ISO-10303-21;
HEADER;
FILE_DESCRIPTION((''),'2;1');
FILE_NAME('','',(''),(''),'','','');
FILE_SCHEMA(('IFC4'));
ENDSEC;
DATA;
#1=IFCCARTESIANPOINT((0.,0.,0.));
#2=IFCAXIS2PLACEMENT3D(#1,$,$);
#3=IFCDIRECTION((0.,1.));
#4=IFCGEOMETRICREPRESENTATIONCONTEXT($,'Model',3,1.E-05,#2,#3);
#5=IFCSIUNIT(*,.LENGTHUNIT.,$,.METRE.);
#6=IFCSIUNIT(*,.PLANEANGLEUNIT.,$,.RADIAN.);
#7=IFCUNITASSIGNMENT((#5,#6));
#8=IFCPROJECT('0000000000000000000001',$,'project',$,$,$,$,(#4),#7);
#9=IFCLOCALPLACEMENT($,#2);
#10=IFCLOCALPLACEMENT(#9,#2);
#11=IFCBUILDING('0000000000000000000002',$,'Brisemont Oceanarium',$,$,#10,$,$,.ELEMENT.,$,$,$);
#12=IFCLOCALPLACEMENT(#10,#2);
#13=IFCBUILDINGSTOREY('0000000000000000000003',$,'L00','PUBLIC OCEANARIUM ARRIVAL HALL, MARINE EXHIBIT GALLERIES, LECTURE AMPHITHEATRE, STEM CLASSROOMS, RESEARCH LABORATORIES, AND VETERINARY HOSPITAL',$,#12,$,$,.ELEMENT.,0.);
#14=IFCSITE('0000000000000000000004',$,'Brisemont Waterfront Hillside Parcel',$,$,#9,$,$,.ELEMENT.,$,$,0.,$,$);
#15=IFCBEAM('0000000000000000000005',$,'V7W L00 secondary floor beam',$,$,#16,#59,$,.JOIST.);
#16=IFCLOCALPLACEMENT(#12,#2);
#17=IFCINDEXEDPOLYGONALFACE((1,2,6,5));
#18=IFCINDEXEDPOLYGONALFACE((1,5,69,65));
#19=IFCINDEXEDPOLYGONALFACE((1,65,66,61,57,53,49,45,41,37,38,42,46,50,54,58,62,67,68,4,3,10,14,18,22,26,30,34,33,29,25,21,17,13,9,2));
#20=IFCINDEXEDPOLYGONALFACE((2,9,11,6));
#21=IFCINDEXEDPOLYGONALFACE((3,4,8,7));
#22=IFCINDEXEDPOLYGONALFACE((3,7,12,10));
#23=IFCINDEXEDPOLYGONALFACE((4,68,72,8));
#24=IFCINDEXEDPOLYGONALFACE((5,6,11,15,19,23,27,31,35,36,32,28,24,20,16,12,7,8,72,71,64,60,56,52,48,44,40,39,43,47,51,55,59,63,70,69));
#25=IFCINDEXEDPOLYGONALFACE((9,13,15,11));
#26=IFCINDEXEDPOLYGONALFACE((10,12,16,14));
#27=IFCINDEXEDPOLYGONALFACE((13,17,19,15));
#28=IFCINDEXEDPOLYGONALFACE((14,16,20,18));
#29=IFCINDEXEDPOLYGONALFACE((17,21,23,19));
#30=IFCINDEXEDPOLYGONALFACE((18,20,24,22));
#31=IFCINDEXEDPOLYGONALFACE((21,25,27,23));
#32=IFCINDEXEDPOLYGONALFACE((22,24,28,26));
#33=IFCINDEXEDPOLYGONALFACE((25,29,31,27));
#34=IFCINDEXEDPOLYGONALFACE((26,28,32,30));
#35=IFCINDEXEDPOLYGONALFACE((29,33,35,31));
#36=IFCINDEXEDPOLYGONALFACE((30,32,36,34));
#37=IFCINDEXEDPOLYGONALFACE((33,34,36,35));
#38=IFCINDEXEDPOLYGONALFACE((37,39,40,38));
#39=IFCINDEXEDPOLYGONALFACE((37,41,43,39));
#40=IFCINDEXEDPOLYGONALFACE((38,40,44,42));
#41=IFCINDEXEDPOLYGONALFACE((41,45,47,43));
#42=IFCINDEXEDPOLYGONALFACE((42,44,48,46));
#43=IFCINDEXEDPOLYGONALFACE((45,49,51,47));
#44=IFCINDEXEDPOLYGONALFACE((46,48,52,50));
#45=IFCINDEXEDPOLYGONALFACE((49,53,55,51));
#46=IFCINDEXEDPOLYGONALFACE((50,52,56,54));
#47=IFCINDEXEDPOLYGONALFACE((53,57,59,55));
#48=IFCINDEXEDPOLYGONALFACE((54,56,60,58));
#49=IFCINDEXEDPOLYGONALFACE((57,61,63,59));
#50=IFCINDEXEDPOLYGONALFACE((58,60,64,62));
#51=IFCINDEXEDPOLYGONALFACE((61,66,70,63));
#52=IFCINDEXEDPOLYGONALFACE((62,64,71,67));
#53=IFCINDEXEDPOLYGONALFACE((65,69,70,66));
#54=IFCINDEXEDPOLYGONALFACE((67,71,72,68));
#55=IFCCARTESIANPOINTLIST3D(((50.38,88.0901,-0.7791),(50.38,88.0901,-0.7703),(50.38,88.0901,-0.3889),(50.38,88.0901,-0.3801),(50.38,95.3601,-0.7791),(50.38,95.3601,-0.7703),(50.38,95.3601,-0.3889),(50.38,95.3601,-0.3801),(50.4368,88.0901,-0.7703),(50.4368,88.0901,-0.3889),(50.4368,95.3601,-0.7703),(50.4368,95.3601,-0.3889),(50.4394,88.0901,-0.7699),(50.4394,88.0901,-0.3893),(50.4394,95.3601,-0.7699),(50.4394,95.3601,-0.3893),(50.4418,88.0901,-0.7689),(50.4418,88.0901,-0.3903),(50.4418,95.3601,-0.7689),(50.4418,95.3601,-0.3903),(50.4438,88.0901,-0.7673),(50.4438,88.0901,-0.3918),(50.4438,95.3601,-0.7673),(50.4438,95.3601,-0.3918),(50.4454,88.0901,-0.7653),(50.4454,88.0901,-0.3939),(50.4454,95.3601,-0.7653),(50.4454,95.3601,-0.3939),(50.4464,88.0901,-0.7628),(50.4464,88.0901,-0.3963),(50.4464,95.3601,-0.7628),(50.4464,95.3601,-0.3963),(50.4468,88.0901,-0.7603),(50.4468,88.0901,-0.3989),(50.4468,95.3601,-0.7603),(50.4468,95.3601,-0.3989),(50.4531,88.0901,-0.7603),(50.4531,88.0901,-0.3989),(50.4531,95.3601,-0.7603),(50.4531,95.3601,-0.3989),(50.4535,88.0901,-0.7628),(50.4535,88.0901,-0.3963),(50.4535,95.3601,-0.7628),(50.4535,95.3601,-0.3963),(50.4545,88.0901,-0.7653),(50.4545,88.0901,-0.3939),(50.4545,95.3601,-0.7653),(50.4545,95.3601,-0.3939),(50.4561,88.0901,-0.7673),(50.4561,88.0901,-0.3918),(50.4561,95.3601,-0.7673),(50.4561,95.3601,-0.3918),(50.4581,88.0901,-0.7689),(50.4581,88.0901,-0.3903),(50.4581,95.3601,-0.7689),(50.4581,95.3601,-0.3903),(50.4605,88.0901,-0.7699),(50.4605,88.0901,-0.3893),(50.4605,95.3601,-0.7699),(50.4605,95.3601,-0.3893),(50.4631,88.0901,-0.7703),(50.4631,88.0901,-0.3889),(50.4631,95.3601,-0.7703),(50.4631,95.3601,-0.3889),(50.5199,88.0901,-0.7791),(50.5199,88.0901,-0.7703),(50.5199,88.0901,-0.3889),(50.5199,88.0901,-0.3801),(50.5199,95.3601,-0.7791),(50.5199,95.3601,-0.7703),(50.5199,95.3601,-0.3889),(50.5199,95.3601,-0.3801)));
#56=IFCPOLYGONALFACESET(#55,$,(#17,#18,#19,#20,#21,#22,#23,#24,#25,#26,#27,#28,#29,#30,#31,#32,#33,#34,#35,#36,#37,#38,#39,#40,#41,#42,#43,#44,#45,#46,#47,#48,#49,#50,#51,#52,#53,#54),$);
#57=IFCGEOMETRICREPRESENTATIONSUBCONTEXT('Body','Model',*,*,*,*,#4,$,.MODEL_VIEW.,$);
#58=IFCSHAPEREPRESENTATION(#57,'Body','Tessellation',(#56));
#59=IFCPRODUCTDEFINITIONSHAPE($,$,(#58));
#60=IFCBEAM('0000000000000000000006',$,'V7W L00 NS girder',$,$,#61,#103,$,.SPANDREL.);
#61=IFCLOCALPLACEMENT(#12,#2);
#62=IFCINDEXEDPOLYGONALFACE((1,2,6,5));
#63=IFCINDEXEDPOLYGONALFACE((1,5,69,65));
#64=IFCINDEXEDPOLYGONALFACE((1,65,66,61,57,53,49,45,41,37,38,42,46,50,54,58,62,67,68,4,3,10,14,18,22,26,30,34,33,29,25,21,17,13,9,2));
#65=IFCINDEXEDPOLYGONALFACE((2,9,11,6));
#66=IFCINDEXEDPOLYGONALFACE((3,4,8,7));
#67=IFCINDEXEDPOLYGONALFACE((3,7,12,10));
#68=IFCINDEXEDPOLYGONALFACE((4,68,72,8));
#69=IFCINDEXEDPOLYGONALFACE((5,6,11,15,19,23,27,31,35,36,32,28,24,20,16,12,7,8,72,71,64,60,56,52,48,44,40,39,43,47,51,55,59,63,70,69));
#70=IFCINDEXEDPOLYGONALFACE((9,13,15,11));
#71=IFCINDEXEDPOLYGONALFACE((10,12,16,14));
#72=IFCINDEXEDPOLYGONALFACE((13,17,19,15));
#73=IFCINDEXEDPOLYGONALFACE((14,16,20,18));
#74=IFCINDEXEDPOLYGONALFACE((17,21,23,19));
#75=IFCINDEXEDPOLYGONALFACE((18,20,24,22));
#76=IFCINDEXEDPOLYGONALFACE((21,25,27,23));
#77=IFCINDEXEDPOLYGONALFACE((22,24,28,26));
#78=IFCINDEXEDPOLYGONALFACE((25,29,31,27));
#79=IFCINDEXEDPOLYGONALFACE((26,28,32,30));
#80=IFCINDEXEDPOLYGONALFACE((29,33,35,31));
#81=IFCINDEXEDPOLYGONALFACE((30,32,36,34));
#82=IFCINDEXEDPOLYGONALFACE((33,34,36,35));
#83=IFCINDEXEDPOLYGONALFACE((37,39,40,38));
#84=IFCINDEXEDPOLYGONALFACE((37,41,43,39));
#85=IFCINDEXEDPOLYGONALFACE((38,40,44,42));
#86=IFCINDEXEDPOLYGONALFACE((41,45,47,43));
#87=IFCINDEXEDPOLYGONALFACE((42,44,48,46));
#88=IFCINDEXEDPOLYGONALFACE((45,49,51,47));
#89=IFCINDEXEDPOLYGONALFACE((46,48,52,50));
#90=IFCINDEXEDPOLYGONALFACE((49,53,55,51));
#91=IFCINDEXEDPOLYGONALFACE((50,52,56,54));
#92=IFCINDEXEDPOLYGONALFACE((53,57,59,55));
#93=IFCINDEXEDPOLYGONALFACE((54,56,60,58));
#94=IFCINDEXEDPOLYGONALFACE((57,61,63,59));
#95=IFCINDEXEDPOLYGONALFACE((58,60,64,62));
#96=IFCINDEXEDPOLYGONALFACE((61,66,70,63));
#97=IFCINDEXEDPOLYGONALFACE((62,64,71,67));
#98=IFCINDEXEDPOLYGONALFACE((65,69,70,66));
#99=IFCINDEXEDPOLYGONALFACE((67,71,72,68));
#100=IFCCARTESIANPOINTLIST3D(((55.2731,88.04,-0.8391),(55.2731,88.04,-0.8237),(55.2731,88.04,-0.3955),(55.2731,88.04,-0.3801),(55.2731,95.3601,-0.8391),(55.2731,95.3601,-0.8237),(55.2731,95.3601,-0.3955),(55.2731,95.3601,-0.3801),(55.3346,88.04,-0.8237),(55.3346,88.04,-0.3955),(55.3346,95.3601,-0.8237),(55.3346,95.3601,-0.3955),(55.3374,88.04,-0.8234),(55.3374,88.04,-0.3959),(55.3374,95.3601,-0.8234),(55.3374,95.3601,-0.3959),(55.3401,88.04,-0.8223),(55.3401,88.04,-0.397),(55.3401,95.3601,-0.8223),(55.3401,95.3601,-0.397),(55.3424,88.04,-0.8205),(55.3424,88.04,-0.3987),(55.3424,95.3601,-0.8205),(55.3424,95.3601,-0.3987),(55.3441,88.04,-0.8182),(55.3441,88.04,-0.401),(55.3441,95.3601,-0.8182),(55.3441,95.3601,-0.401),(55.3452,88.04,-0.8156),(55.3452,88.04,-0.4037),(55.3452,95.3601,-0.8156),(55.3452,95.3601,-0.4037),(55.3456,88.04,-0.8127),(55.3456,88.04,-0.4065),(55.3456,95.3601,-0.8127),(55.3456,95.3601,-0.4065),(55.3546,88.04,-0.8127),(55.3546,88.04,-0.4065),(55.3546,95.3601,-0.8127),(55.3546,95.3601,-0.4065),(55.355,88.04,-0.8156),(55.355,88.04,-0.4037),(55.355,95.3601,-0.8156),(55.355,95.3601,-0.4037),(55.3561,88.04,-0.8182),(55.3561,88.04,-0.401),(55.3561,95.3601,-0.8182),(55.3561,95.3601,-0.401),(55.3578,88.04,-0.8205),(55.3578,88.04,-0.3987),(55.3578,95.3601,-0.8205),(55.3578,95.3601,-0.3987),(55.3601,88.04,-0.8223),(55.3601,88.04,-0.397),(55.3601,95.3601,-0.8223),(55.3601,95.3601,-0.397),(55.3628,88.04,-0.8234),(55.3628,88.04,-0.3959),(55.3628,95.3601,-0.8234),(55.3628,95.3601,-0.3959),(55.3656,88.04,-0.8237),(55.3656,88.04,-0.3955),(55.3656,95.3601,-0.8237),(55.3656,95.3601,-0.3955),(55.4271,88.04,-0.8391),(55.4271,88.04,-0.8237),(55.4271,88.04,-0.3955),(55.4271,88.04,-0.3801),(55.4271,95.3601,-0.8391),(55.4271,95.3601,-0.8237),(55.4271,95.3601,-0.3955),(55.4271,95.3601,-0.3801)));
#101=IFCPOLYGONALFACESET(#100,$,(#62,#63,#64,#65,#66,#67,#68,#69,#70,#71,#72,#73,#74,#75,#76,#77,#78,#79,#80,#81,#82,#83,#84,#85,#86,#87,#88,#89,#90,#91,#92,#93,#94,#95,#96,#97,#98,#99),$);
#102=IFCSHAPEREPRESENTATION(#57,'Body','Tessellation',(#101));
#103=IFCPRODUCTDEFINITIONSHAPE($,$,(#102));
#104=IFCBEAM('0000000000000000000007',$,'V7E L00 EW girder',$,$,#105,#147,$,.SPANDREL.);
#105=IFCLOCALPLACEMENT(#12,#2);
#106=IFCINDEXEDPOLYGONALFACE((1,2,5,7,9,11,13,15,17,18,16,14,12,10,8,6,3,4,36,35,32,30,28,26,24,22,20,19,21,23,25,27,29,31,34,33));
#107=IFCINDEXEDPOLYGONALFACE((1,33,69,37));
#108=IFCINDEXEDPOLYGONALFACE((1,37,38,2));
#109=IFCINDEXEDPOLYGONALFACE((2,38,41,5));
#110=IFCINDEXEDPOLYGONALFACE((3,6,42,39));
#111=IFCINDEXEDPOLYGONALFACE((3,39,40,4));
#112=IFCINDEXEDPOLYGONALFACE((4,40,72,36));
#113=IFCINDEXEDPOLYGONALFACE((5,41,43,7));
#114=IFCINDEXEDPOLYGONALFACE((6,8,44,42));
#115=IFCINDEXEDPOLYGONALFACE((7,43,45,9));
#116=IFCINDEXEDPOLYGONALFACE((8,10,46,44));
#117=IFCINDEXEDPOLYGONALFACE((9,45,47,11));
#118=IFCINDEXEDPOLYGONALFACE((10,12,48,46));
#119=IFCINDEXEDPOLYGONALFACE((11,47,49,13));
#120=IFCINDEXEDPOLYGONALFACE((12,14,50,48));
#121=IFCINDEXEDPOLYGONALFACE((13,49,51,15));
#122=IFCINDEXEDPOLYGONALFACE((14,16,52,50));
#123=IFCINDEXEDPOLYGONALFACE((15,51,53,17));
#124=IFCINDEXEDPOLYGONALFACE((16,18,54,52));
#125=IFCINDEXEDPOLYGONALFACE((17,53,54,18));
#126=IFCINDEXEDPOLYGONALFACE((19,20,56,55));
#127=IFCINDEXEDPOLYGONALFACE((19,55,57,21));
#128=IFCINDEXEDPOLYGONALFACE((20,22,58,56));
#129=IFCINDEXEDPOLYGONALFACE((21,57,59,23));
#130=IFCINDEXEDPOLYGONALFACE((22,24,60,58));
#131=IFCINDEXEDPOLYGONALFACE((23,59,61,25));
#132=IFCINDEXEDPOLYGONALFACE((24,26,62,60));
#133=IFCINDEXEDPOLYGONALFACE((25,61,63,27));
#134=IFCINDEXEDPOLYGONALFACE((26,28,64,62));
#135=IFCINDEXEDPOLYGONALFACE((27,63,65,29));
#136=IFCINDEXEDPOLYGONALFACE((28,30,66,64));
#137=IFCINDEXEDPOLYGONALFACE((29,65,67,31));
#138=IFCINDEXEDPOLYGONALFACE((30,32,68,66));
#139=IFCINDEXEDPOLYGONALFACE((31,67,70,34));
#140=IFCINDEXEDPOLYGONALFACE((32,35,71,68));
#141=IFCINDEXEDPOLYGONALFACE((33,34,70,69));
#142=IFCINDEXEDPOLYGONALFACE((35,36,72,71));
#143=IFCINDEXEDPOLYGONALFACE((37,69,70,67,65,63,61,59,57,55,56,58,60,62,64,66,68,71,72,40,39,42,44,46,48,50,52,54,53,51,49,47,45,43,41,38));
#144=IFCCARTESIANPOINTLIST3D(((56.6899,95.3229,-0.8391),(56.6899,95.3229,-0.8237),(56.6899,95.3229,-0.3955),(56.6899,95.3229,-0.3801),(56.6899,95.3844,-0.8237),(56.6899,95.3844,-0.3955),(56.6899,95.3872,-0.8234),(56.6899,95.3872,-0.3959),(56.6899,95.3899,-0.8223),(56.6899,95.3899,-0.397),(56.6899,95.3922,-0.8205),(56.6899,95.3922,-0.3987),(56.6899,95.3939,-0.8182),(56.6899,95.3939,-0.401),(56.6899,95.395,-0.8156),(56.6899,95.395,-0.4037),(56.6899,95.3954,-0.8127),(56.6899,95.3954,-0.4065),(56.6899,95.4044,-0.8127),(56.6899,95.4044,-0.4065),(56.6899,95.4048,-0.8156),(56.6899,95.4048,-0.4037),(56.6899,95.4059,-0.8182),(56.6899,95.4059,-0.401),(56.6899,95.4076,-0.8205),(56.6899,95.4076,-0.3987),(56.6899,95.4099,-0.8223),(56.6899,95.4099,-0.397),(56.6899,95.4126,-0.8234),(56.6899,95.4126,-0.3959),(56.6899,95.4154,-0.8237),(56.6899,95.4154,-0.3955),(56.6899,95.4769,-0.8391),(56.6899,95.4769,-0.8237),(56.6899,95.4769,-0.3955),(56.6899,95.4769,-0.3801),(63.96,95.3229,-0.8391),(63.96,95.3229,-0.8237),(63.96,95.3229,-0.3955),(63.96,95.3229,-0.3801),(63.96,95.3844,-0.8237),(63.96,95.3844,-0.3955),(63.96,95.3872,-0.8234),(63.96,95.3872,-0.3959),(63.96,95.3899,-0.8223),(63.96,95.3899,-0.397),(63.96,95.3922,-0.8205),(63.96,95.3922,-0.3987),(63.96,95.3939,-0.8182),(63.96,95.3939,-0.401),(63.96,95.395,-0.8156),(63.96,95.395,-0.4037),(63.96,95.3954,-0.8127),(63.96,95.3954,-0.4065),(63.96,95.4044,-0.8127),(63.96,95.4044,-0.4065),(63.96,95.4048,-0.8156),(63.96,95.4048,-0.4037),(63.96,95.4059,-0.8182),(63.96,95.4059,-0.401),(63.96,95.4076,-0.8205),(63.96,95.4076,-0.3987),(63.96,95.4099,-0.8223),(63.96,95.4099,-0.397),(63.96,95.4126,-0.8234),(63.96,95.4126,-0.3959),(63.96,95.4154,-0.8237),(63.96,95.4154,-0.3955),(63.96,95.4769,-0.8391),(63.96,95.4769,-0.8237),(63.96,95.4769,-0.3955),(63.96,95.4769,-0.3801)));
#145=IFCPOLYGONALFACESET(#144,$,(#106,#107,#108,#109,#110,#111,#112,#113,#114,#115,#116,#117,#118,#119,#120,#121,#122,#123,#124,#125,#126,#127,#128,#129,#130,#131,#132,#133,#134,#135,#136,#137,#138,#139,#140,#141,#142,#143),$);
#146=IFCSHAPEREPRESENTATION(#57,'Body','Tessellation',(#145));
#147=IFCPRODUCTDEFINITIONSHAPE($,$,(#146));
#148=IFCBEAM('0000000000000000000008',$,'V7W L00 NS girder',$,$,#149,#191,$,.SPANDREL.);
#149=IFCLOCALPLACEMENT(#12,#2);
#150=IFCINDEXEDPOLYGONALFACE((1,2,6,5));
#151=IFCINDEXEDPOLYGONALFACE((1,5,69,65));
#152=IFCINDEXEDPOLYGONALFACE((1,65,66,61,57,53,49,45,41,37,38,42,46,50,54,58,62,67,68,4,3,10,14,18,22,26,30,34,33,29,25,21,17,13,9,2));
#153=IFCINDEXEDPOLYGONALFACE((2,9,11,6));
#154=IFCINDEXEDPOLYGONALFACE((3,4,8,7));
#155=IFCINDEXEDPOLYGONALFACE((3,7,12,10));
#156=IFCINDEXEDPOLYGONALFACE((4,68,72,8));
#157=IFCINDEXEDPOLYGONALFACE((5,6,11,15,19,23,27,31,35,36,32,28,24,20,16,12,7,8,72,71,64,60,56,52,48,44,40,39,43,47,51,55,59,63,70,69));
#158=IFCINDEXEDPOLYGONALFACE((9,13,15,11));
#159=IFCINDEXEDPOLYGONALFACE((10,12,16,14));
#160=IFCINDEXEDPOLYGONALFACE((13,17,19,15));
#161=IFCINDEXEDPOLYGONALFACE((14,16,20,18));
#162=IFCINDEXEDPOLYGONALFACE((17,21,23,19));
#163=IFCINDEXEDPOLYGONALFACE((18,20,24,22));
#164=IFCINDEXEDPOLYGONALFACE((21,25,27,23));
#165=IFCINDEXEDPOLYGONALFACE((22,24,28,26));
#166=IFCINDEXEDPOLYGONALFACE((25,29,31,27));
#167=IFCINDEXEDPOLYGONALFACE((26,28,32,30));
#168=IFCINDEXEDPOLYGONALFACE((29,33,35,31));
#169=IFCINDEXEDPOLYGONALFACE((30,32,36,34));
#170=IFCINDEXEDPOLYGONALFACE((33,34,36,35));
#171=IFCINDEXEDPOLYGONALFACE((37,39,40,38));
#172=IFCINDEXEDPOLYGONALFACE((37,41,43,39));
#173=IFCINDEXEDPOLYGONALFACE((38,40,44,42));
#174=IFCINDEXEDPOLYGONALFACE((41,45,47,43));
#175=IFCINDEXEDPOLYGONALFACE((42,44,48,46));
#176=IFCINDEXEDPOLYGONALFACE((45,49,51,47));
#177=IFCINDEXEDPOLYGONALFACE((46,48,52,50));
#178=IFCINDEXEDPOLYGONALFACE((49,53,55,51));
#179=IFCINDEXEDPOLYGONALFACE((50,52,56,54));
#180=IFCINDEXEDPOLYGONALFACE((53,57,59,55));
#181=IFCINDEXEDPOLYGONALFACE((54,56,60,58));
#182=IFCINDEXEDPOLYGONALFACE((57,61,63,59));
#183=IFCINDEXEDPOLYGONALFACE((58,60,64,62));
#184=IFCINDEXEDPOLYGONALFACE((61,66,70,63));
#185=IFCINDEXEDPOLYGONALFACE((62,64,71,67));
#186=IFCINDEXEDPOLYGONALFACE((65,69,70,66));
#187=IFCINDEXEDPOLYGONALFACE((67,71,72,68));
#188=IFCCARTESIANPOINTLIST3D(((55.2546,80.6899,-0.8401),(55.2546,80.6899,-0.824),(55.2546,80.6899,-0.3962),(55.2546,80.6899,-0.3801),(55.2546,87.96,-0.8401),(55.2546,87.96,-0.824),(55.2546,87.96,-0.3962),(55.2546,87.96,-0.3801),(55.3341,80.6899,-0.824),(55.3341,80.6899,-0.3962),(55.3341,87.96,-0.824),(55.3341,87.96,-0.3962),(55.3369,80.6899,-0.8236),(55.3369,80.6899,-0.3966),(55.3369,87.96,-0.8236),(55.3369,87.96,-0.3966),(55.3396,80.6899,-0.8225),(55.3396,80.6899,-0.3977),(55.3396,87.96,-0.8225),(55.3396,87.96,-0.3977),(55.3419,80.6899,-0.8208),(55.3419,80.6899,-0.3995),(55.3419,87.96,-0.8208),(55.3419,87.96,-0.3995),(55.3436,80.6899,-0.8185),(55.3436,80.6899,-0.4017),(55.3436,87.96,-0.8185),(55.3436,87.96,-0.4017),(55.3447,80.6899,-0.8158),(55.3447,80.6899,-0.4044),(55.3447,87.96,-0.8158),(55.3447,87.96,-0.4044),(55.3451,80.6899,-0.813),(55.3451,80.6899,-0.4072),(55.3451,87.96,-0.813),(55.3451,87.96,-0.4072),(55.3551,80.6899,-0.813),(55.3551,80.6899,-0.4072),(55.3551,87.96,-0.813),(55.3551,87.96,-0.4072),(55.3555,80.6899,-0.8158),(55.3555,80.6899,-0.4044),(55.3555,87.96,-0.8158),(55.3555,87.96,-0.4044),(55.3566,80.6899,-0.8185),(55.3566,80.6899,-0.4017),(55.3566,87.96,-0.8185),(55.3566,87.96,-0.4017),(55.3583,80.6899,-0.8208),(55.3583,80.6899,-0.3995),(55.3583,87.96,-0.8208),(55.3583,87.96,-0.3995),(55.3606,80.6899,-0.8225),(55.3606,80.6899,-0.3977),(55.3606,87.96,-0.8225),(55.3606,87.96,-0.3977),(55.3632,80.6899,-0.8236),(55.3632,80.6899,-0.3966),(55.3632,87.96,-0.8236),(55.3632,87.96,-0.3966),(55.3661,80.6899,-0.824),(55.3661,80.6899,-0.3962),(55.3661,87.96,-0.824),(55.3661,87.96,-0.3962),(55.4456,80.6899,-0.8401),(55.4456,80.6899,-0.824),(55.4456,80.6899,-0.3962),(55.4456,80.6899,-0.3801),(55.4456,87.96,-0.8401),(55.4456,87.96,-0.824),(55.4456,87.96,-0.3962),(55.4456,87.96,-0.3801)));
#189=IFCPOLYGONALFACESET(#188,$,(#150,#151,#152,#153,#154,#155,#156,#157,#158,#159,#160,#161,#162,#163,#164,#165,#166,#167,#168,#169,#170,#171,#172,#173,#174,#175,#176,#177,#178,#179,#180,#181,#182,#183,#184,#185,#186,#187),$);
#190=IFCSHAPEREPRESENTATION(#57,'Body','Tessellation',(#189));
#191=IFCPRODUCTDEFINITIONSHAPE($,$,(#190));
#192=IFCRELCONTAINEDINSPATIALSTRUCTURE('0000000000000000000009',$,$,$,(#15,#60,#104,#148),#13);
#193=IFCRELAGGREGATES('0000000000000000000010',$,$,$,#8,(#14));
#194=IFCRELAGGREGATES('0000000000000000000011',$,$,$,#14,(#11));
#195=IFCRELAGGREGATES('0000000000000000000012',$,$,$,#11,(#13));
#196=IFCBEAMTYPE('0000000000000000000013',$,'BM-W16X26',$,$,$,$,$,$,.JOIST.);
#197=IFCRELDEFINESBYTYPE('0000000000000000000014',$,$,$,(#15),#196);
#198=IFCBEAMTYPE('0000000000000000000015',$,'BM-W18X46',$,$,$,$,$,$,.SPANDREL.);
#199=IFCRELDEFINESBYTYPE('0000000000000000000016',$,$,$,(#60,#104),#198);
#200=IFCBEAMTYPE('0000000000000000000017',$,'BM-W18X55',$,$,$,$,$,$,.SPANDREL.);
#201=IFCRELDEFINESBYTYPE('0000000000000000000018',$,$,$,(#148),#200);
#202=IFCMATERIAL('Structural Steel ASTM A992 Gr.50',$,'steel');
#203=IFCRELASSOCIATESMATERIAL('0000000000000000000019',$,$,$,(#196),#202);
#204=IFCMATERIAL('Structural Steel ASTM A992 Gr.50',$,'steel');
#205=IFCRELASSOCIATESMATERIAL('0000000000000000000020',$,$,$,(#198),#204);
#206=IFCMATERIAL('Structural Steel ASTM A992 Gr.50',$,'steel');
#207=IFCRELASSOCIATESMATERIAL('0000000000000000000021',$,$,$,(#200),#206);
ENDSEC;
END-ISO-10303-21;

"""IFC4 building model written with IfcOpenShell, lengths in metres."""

from ifc_helpers import new_model, si_unit, direction, frame, origin, origin_2d, place, context, subcontext, project, spatial, i_section, extrude, material, material_profile, profile_set, type_object, element, save


model = new_model("IFC4")

# Units and contexts
model_context = context("Model", 3, precision=1e-05, world=origin(), true_north=direction((0.0, 1.0)))
body_context = subcontext(model_context, "Body", "Model", "MODEL_VIEW")
ifc_project = project(units=[si_unit("LENGTHUNIT", "METRE"), si_unit("PLANEANGLEUNIT", "RADIAN")], contexts=[model_context])

# Site, building, storey
site_placement = place(None, origin())
site = spatial("IfcSite", under=ifc_project, at=site_placement, Name="Brisemont Waterfront Hillside Parcel", CompositionType="ELEMENT", RefElevation=0.0)
building_placement = place(site_placement, origin())
building = spatial("IfcBuilding", under=site, at=building_placement, Name="Brisemont Oceanarium", CompositionType="ELEMENT")
storey_placement = place(building_placement, origin())
storey = spatial("IfcBuildingStorey", under=building, at=storey_placement, Name="L00", Description="PUBLIC OCEANARIUM ARRIVAL HALL, MARINE EXHIBIT GALLERIES, LECTURE AMPHITHEATRE, STEM CLASSROOMS, RESEARCH LABORATORIES, AND VETERINARY HOSPITAL", CompositionType="ELEMENT", Elevation=0.0)

# Beams
ifc_material_1 = material(Name="Structural Steel ASTM A992 Gr.50", Category="steel")
ifc_material_profile_1 = material_profile(ifc_material_1, i_section(OverallWidth=0.1399, OverallDepth=0.3989, WebThickness=0.0063, FlangeThickness=0.0088, FilletRadius=0.01, at=origin_2d()), Name="W16X26")
ifc_profile_set_1 = profile_set([ifc_material_profile_1], Name="Structural Steel ASTM A992 Gr.50")
beam_type_1 = type_object("IfcBeamType", Name="BM-W16X26", PredefinedType="JOIST", material=ifc_profile_set_1)
beam_1_placement = place(storey_placement, frame((50.45, 88.0901, -0.5796), z_axis=(0.0, 1.0, 0.0), x_axis=(-1.0, 0.0, 0.0)))
element("IfcBeam", 1, at=beam_1_placement, inside=storey, type_object=beam_type_1, Name="V7W L00 secondary floor beam", PredefinedType="JOIST", context=body_context, shape_type="SweptSolid", body=[
    extrude(i_section(OverallWidth=0.1399, OverallDepth=0.3989, WebThickness=0.0063, FlangeThickness=0.0088, FilletRadius=0.01, at=origin_2d()), origin(), (0.0, 0.0, 1.0), 7.27),
])
ifc_material_2 = material(Name="Structural Steel ASTM A992 Gr.50", Category="steel")
ifc_material_profile_2 = material_profile(ifc_material_2, i_section(OverallWidth=0.1541, OverallDepth=0.459, WebThickness=0.009, FlangeThickness=0.0154, FilletRadius=0.011, at=origin_2d()), Name="W18X46")
ifc_profile_set_2 = profile_set([ifc_material_profile_2], Name="Structural Steel ASTM A992 Gr.50")
beam_type_2 = type_object("IfcBeamType", Name="BM-W18X46", PredefinedType="SPANDREL", material=ifc_profile_set_2)
beam_2_placement = place(storey_placement, frame((55.3501, 88.04, -0.6096), z_axis=(0.0, 1.0, 0.0), x_axis=(-1.0, 0.0, 0.0)))
element("IfcBeam", 2, at=beam_2_placement, inside=storey, type_object=beam_type_2, Name="V7W L00 NS girder", PredefinedType="SPANDREL", context=body_context, shape_type="SweptSolid", body=[
    extrude(i_section(OverallWidth=0.1541, OverallDepth=0.459, WebThickness=0.009, FlangeThickness=0.0154, FilletRadius=0.011, at=origin_2d()), origin(), (0.0, 0.0, 1.0), 7.3201),
])
beam_3_placement = place(storey_placement, frame((56.6899, 95.3999, -0.6096), z_axis=(1.0, 0.0, 0.0), x_axis=(0.0, 1.0, 0.0)))
element("IfcBeam", 3, at=beam_3_placement, inside=storey, type_object=beam_type_2, Name="V7E L00 EW girder", PredefinedType="SPANDREL", context=body_context, shape_type="SweptSolid", body=[
    extrude(i_section(OverallWidth=0.1541, OverallDepth=0.459, WebThickness=0.009, FlangeThickness=0.0154, FilletRadius=0.011, at=origin_2d()), origin(), (0.0, 0.0, 1.0), 7.27),
])
ifc_material_3 = material(Name="Structural Steel ASTM A992 Gr.50", Category="steel")
ifc_material_profile_3 = material_profile(ifc_material_3, i_section(OverallWidth=0.1909, OverallDepth=0.46, WebThickness=0.01, FlangeThickness=0.0161, FilletRadius=0.011, at=origin_2d()), Name="W18X55")
ifc_profile_set_3 = profile_set([ifc_material_profile_3], Name="Structural Steel ASTM A992 Gr.50")
beam_type_3 = type_object("IfcBeamType", Name="BM-W18X55", PredefinedType="SPANDREL", material=ifc_profile_set_3)
beam_4_placement = place(storey_placement, frame((55.3501, 80.6899, -0.6101), z_axis=(0.0, 1.0, 0.0), x_axis=(-1.0, 0.0, 0.0)))
element("IfcBeam", 4, at=beam_4_placement, inside=storey, type_object=beam_type_3, Name="V7W L00 NS girder", PredefinedType="SPANDREL", context=body_context, shape_type="SweptSolid", body=[
    extrude(i_section(OverallWidth=0.1909, OverallDepth=0.46, WebThickness=0.01, FlangeThickness=0.0161, FilletRadius=0.011, at=origin_2d()), origin(), (0.0, 0.0, 1.0), 7.27),
])

save(model, "model.ifc")
